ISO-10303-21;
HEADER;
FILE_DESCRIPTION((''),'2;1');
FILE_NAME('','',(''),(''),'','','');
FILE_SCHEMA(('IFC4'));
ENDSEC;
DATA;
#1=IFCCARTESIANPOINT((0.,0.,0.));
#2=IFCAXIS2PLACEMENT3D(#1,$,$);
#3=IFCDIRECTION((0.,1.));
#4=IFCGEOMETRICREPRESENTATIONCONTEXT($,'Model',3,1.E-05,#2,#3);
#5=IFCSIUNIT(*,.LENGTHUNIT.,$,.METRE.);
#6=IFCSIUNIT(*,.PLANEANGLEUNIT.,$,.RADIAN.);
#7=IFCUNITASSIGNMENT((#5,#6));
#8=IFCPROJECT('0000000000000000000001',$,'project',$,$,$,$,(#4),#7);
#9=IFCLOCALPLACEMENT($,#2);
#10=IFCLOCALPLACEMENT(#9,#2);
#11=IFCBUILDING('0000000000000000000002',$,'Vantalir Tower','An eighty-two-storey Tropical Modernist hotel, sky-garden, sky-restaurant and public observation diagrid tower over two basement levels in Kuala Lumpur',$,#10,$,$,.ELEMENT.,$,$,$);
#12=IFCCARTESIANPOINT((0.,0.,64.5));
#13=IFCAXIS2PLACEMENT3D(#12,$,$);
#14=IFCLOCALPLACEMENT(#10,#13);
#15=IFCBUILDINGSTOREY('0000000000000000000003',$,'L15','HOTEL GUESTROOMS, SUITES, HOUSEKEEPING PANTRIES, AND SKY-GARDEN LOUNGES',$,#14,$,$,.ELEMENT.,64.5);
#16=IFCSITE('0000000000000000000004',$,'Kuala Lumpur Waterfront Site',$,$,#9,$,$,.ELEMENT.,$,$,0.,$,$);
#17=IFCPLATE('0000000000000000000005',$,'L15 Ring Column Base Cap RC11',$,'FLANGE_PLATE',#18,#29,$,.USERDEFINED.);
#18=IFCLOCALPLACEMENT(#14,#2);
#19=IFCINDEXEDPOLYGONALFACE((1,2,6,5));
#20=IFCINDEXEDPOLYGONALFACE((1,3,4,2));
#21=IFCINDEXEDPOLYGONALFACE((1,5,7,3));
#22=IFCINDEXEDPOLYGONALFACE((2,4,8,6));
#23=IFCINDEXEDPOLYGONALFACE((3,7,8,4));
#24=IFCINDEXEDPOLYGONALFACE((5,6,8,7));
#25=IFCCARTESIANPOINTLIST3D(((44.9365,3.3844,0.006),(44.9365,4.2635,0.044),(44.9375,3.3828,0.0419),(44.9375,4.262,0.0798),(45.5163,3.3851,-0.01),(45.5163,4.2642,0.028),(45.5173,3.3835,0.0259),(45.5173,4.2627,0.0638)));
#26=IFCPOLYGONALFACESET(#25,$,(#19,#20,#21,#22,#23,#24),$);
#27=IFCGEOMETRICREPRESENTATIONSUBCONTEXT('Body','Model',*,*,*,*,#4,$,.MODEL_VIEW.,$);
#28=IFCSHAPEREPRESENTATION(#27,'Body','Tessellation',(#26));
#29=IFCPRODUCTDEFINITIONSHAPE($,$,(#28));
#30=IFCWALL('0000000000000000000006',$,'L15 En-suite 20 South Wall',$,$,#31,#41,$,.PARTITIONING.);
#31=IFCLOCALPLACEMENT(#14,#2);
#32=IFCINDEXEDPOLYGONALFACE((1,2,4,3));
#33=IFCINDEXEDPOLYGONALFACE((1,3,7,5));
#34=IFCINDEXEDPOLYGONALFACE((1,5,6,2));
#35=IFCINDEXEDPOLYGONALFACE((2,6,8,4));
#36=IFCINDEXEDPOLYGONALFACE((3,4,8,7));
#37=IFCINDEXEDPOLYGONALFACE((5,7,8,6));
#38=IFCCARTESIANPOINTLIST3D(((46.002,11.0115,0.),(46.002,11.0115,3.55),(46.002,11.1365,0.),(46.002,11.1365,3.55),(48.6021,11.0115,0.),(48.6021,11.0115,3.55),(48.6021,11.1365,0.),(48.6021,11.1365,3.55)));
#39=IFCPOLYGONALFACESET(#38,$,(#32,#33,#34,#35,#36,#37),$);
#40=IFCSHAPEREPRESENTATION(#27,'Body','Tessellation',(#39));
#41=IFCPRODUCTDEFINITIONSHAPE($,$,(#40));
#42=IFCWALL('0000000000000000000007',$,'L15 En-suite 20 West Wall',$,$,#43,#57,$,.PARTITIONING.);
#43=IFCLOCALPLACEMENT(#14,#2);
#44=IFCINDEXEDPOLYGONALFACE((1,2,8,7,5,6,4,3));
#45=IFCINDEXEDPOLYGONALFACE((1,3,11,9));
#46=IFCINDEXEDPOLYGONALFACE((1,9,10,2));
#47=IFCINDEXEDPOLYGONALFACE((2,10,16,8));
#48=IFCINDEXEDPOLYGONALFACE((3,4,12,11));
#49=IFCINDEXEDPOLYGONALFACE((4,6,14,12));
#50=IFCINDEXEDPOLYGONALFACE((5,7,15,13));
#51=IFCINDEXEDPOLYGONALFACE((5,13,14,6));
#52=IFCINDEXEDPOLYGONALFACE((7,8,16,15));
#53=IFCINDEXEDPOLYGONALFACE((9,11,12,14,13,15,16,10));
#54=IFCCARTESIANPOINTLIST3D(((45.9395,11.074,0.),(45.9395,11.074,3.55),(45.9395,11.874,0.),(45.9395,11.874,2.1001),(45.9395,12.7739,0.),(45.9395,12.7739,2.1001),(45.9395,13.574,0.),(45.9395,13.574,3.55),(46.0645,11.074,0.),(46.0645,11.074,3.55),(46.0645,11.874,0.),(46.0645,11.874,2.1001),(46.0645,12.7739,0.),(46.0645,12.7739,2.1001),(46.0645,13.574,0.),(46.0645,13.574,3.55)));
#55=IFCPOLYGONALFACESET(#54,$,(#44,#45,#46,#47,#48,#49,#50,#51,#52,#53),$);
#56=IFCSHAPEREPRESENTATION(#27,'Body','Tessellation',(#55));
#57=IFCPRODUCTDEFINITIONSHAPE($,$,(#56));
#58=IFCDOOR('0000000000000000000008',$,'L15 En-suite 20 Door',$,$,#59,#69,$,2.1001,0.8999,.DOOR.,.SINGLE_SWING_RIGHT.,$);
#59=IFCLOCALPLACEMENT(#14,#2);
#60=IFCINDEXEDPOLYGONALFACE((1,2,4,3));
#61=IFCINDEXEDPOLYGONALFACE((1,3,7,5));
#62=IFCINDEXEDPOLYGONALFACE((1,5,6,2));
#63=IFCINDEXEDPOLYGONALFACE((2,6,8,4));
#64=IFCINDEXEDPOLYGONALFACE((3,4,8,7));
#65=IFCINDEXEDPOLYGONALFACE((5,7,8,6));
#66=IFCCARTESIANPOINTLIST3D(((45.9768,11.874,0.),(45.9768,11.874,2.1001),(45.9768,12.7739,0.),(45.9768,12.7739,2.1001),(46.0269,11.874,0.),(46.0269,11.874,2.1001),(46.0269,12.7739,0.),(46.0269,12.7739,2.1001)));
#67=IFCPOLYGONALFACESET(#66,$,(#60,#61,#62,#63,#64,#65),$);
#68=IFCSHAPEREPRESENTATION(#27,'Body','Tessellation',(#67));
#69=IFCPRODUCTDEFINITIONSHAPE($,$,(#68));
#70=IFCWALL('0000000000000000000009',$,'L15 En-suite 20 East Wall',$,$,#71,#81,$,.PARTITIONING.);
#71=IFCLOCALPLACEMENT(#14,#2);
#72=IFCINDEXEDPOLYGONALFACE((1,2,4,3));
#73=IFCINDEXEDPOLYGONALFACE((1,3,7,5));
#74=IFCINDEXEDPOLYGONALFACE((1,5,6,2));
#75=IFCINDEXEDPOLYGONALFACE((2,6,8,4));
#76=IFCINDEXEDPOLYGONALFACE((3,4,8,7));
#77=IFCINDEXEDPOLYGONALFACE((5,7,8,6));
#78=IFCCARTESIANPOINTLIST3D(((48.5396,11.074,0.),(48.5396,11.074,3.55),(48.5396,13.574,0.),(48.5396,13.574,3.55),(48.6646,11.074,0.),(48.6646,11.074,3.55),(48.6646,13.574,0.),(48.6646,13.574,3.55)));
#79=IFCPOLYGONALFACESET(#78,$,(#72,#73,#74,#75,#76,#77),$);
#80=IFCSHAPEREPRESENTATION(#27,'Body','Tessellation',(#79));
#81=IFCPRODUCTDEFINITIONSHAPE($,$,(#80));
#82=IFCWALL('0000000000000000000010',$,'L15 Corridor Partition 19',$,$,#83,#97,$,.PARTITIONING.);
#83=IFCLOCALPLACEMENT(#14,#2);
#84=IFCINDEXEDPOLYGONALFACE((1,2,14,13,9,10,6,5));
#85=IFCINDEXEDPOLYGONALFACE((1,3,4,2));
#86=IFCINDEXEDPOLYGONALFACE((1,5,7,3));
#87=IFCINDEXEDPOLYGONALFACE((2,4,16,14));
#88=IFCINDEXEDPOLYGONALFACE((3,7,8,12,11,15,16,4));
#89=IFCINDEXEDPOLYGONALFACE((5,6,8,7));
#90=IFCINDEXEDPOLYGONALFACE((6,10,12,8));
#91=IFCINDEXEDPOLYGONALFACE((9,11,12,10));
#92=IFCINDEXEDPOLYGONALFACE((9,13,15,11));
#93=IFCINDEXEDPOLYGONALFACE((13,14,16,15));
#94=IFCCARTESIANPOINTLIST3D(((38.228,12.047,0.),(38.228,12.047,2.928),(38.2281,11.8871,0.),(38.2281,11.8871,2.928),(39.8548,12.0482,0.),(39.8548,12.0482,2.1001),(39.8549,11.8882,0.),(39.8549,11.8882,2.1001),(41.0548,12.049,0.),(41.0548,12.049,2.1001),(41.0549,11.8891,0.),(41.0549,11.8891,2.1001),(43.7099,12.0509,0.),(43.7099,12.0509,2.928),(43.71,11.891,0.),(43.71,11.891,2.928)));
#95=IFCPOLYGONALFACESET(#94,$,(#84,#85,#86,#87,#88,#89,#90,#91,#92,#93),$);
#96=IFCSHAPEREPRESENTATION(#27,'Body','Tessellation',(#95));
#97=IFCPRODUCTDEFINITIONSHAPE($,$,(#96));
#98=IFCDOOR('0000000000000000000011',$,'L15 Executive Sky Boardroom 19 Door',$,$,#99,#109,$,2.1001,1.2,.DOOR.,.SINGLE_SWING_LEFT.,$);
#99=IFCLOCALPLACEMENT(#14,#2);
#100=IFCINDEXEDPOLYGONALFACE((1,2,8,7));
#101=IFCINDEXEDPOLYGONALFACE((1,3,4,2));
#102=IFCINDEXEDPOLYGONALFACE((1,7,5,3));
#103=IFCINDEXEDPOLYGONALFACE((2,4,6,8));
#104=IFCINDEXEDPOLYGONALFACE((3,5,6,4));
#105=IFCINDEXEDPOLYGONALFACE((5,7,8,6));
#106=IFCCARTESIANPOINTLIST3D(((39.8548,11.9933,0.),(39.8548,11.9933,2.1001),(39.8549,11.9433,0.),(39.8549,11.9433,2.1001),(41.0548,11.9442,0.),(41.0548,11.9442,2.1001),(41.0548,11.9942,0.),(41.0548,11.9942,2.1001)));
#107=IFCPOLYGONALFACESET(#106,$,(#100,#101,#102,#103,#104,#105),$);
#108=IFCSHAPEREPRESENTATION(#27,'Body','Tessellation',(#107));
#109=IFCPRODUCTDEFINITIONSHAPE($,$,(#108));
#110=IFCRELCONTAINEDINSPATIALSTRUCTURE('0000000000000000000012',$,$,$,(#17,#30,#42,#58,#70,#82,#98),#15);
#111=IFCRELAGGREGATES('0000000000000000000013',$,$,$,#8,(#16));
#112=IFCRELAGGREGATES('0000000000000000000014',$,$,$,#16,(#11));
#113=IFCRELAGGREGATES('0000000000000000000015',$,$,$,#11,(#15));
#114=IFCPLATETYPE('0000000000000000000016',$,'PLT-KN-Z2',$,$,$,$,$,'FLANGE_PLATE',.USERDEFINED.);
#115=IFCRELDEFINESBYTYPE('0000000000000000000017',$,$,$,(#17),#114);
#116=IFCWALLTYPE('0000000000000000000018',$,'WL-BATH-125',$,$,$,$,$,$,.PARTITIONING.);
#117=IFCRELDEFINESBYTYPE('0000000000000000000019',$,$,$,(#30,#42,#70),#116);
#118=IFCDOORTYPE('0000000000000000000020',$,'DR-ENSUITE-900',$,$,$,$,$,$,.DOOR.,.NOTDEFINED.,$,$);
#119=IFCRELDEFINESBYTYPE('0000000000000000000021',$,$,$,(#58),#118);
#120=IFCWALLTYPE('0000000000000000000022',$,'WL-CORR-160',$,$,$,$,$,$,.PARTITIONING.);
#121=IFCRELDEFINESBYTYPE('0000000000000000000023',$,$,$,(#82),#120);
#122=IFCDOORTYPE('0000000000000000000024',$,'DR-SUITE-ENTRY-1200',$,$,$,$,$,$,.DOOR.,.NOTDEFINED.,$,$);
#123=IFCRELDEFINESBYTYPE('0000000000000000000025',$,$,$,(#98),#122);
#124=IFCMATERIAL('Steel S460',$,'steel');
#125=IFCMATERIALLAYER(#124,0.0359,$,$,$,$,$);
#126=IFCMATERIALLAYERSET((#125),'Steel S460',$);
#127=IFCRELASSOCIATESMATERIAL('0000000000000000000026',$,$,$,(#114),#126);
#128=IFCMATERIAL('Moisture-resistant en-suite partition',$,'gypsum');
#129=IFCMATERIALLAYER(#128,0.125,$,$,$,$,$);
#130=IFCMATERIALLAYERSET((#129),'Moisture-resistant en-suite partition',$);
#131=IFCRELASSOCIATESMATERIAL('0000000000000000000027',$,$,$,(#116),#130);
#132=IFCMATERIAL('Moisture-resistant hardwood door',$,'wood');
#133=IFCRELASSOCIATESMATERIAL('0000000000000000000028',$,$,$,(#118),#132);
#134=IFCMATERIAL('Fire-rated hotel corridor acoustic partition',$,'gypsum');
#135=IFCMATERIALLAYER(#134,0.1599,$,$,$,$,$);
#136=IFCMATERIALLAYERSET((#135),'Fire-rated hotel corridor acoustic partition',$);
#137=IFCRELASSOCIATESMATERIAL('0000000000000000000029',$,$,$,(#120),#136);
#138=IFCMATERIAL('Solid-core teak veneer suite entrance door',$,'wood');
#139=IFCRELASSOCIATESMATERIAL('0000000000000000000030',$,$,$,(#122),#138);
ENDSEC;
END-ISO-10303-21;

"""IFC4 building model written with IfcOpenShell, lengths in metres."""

from ifc_helpers import new_model, si_unit, direction, frame, frame_2d, origin, place, context, subcontext, project, spatial, polyline, rectangle, outline, extrude, material, layer, layer_set, type_object, element, fill, save


model = new_model("IFC4")

# Units and contexts
model_context = context("Model", 3, precision=1e-05, world=origin(), true_north=direction((0.0, 1.0)))
body_context = subcontext(model_context, "Body", "Model", "MODEL_VIEW")
ifc_project = project(units=[si_unit("LENGTHUNIT", "METRE"), si_unit("PLANEANGLEUNIT", "RADIAN")], contexts=[model_context])

# Site, building, storey
site_placement = place(None, origin())
site = spatial("IfcSite", under=ifc_project, at=site_placement, Name="Kuala Lumpur Waterfront Site", CompositionType="ELEMENT", RefElevation=0.0)
building_placement = place(site_placement, origin())
building = spatial("IfcBuilding", under=site, at=building_placement, Name="Vantalir Tower", Description="An eighty-two-storey Tropical Modernist hotel, sky-garden, sky-restaurant and public observation diagrid tower over two basement levels in Kuala Lumpur", CompositionType="ELEMENT")
storey_placement = place(building_placement, frame((0.0, 0.0, 64.5)))
storey = spatial("IfcBuildingStorey", under=building, at=storey_placement, Name="L15", Description="HOTEL GUESTROOMS, SUITES, HOUSEKEEPING PANTRIES, AND SKY-GARDEN LOUNGES", CompositionType="ELEMENT", Elevation=64.5)

# Shared definitions
ifc_material_1 = material(Name="Steel S460", Category="steel")

# Plate
ifc_layer_1 = layer(ifc_material_1, 0.0359)
ifc_layer_set_1 = layer_set([ifc_layer_1], Name="Steel S460")
plate_type_1 = type_object("IfcPlateType", Name="PLT-KN-Z2", ElementType="FLANGE_PLATE", PredefinedType="USERDEFINED", material=ifc_layer_set_1)
plate_1_placement = place(storey_placement, frame((44.9375, 4.262, 0.0798), z_axis=(0.027597, -0.043126, 0.998688), x_axis=(-0.000004, -0.999069, -0.043142)))
element("IfcPlate", 1, at=plate_1_placement, inside=storey, type_object=plate_type_1, Name="L15 Ring Column Base Cap RC11", ObjectType="FLANGE_PLATE", PredefinedType="USERDEFINED", context=body_context, shape_type="SweptSolid", body=[
    extrude(outline(polyline([(0.0, 0.0), (0.88, 0.0), (0.8799, 0.5801), (0.0, 0.5801), (0.0, 0.0)])), origin(), (0.0, 0.0, -1.0), 0.0359),
])

# Wall
ifc_material_2 = material(Name="Moisture-resistant en-suite partition", Category="gypsum")
ifc_layer_2 = layer(ifc_material_2, 0.125)
ifc_layer_set_2 = layer_set([ifc_layer_2], Name="Moisture-resistant en-suite partition")
wall_type_1 = type_object("IfcWallType", Name="WL-BATH-125", PredefinedType="PARTITIONING", material=ifc_layer_set_2)
wall_1_placement = place(storey_placement, frame((46.002, 11.074, 0.0), z_axis=(0.0, 0.0, 1.0), x_axis=(1.0, 0.0, 0.0)))
element("IfcWall", 2, at=wall_1_placement, inside=storey, type_object=wall_type_1, Name="L15 En-suite 20 South Wall", PredefinedType="PARTITIONING", context=body_context, shape_type="SweptSolid", body=[
    extrude(rectangle(XDim=2.6001, YDim=0.125, at=frame_2d((1.3, 0.0))), origin(), (0.0, 0.0, 1.0), 3.55),
])

# Wall, opening, door
wall_2_placement = place(storey_placement, frame((46.002, 11.074, 0.0), z_axis=(0.0, 0.0, 1.0), x_axis=(0.0, 1.0, 0.0)))
wall_2 = element("IfcWall", 3, at=wall_2_placement, inside=storey, type_object=wall_type_1, Name="L15 En-suite 20 West Wall", PredefinedType="PARTITIONING", context=body_context, shape_type="SweptSolid", body=[
    extrude(rectangle(XDim=2.5, YDim=0.125, at=frame_2d((1.25, 0.0))), origin(), (0.0, 0.0, 1.0), 3.55),
])
opening_1_placement = place(wall_2_placement, frame((0.8, 0.0, 0.0)))
opening_1 = element("IfcOpeningElement", 4, at=opening_1_placement, cuts=wall_2, PredefinedType="OPENING", context=body_context, shape_type="SweptSolid", body=[
    extrude(rectangle(XDim=0.8999, YDim=2.1001, at=frame_2d((0.45, 1.05))), frame((0.0, 0.0725, 0.0), z_axis=(0.0, -1.0, 0.0), x_axis=(1.0, 0.0, 0.0)), (0.0, 0.0, 1.0), 0.145),
])
ifc_material_3 = material(Name="Moisture-resistant hardwood door", Category="wood")
door_type_1 = type_object("IfcDoorType", Name="DR-ENSUITE-900", OperationType="NOTDEFINED", PredefinedType="DOOR", material=ifc_material_3)
door_1_placement = place(opening_1_placement, frame((0.8999, 0.0, 0.0), z_axis=(0.0, 0.0, 1.0), x_axis=(-1.0, 0.0, 0.0)))
door_1 = element("IfcDoor", 5, at=door_1_placement, inside=storey, type_object=door_type_1, Name="L15 En-suite 20 Door", OperationType="SINGLE_SWING_RIGHT", OverallHeight=2.1001, OverallWidth=0.8999, PredefinedType="DOOR", context=body_context, shape_type="SweptSolid", body=[
    extrude(rectangle(XDim=0.8999, YDim=2.1001, at=frame_2d((0.45, 1.05))), frame((0.0, 0.0249, 0.0), z_axis=(0.0, -1.0, 0.0), x_axis=(1.0, 0.0, 0.0)), (0.0, 0.0, 1.0), 0.05),
])
fill(opening_1, door_1)

# Wall
wall_3_placement = place(storey_placement, frame((48.6021, 11.074, 0.0), z_axis=(0.0, 0.0, 1.0), x_axis=(0.0, 1.0, 0.0)))
element("IfcWall", 6, at=wall_3_placement, inside=storey, type_object=wall_type_1, Name="L15 En-suite 20 East Wall", PredefinedType="PARTITIONING", context=body_context, shape_type="SweptSolid", body=[
    extrude(rectangle(XDim=2.5, YDim=0.125, at=frame_2d((1.25, 0.0))), origin(), (0.0, 0.0, 1.0), 3.55),
])

# Wall, opening, door
ifc_material_4 = material(Name="Fire-rated hotel corridor acoustic partition", Category="gypsum")
ifc_layer_3 = layer(ifc_material_4, 0.1599)
ifc_layer_set_3 = layer_set([ifc_layer_3], Name="Fire-rated hotel corridor acoustic partition")
wall_type_2 = type_object("IfcWallType", Name="WL-CORR-160", PredefinedType="PARTITIONING", material=ifc_layer_set_3)
wall_4_placement = place(storey_placement, frame((43.71, 11.9709, 0.0), z_axis=(0.0, 0.0, 1.0), x_axis=(-1.0, -0.000713, 0.0)))
wall_4 = element("IfcWall", 7, at=wall_4_placement, inside=storey, type_object=wall_type_2, Name="L15 Corridor Partition 19", PredefinedType="PARTITIONING", context=body_context, shape_type="SweptSolid", body=[
    extrude(rectangle(XDim=5.4819, YDim=0.1599, at=frame_2d((2.741, 0.0))), origin(), (0.0, 0.0, 1.0), 2.928),
])
opening_2_placement = place(wall_4_placement, frame((2.655, 0.0, 0.0)))
opening_2 = element("IfcOpeningElement", 8, at=opening_2_placement, cuts=wall_4, PredefinedType="OPENING", context=body_context, shape_type="SweptSolid", body=[
    extrude(rectangle(XDim=1.2, YDim=2.1001, at=frame_2d((0.6001, 1.05))), frame((0.0, 0.0898, 0.0), z_axis=(0.0, -1.0, 0.0), x_axis=(1.0, 0.0, 0.0)), (0.0, 0.0, 1.0), 0.1799),
])
ifc_material_5 = material(Name="Solid-core teak veneer suite entrance door", Category="wood")
door_type_2 = type_object("IfcDoorType", Name="DR-SUITE-ENTRY-1200", OperationType="NOTDEFINED", PredefinedType="DOOR", material=ifc_material_5)
door_2_placement = place(opening_2_placement, origin())
door_2 = element("IfcDoor", 9, at=door_2_placement, inside=storey, type_object=door_type_2, Name="L15 Executive Sky Boardroom 19 Door", OperationType="SINGLE_SWING_LEFT", OverallHeight=2.1001, OverallWidth=1.2, PredefinedType="DOOR", context=body_context, shape_type="SweptSolid", body=[
    extrude(rectangle(XDim=1.2, YDim=2.1001, at=frame_2d((0.6001, 1.05))), frame((0.0, 0.0249, 0.0), z_axis=(0.0, -1.0, 0.0), x_axis=(1.0, 0.0, 0.0)), (0.0, 0.0, 1.0), 0.05),
])
fill(opening_2, door_2)

save(model, "model.ifc")
